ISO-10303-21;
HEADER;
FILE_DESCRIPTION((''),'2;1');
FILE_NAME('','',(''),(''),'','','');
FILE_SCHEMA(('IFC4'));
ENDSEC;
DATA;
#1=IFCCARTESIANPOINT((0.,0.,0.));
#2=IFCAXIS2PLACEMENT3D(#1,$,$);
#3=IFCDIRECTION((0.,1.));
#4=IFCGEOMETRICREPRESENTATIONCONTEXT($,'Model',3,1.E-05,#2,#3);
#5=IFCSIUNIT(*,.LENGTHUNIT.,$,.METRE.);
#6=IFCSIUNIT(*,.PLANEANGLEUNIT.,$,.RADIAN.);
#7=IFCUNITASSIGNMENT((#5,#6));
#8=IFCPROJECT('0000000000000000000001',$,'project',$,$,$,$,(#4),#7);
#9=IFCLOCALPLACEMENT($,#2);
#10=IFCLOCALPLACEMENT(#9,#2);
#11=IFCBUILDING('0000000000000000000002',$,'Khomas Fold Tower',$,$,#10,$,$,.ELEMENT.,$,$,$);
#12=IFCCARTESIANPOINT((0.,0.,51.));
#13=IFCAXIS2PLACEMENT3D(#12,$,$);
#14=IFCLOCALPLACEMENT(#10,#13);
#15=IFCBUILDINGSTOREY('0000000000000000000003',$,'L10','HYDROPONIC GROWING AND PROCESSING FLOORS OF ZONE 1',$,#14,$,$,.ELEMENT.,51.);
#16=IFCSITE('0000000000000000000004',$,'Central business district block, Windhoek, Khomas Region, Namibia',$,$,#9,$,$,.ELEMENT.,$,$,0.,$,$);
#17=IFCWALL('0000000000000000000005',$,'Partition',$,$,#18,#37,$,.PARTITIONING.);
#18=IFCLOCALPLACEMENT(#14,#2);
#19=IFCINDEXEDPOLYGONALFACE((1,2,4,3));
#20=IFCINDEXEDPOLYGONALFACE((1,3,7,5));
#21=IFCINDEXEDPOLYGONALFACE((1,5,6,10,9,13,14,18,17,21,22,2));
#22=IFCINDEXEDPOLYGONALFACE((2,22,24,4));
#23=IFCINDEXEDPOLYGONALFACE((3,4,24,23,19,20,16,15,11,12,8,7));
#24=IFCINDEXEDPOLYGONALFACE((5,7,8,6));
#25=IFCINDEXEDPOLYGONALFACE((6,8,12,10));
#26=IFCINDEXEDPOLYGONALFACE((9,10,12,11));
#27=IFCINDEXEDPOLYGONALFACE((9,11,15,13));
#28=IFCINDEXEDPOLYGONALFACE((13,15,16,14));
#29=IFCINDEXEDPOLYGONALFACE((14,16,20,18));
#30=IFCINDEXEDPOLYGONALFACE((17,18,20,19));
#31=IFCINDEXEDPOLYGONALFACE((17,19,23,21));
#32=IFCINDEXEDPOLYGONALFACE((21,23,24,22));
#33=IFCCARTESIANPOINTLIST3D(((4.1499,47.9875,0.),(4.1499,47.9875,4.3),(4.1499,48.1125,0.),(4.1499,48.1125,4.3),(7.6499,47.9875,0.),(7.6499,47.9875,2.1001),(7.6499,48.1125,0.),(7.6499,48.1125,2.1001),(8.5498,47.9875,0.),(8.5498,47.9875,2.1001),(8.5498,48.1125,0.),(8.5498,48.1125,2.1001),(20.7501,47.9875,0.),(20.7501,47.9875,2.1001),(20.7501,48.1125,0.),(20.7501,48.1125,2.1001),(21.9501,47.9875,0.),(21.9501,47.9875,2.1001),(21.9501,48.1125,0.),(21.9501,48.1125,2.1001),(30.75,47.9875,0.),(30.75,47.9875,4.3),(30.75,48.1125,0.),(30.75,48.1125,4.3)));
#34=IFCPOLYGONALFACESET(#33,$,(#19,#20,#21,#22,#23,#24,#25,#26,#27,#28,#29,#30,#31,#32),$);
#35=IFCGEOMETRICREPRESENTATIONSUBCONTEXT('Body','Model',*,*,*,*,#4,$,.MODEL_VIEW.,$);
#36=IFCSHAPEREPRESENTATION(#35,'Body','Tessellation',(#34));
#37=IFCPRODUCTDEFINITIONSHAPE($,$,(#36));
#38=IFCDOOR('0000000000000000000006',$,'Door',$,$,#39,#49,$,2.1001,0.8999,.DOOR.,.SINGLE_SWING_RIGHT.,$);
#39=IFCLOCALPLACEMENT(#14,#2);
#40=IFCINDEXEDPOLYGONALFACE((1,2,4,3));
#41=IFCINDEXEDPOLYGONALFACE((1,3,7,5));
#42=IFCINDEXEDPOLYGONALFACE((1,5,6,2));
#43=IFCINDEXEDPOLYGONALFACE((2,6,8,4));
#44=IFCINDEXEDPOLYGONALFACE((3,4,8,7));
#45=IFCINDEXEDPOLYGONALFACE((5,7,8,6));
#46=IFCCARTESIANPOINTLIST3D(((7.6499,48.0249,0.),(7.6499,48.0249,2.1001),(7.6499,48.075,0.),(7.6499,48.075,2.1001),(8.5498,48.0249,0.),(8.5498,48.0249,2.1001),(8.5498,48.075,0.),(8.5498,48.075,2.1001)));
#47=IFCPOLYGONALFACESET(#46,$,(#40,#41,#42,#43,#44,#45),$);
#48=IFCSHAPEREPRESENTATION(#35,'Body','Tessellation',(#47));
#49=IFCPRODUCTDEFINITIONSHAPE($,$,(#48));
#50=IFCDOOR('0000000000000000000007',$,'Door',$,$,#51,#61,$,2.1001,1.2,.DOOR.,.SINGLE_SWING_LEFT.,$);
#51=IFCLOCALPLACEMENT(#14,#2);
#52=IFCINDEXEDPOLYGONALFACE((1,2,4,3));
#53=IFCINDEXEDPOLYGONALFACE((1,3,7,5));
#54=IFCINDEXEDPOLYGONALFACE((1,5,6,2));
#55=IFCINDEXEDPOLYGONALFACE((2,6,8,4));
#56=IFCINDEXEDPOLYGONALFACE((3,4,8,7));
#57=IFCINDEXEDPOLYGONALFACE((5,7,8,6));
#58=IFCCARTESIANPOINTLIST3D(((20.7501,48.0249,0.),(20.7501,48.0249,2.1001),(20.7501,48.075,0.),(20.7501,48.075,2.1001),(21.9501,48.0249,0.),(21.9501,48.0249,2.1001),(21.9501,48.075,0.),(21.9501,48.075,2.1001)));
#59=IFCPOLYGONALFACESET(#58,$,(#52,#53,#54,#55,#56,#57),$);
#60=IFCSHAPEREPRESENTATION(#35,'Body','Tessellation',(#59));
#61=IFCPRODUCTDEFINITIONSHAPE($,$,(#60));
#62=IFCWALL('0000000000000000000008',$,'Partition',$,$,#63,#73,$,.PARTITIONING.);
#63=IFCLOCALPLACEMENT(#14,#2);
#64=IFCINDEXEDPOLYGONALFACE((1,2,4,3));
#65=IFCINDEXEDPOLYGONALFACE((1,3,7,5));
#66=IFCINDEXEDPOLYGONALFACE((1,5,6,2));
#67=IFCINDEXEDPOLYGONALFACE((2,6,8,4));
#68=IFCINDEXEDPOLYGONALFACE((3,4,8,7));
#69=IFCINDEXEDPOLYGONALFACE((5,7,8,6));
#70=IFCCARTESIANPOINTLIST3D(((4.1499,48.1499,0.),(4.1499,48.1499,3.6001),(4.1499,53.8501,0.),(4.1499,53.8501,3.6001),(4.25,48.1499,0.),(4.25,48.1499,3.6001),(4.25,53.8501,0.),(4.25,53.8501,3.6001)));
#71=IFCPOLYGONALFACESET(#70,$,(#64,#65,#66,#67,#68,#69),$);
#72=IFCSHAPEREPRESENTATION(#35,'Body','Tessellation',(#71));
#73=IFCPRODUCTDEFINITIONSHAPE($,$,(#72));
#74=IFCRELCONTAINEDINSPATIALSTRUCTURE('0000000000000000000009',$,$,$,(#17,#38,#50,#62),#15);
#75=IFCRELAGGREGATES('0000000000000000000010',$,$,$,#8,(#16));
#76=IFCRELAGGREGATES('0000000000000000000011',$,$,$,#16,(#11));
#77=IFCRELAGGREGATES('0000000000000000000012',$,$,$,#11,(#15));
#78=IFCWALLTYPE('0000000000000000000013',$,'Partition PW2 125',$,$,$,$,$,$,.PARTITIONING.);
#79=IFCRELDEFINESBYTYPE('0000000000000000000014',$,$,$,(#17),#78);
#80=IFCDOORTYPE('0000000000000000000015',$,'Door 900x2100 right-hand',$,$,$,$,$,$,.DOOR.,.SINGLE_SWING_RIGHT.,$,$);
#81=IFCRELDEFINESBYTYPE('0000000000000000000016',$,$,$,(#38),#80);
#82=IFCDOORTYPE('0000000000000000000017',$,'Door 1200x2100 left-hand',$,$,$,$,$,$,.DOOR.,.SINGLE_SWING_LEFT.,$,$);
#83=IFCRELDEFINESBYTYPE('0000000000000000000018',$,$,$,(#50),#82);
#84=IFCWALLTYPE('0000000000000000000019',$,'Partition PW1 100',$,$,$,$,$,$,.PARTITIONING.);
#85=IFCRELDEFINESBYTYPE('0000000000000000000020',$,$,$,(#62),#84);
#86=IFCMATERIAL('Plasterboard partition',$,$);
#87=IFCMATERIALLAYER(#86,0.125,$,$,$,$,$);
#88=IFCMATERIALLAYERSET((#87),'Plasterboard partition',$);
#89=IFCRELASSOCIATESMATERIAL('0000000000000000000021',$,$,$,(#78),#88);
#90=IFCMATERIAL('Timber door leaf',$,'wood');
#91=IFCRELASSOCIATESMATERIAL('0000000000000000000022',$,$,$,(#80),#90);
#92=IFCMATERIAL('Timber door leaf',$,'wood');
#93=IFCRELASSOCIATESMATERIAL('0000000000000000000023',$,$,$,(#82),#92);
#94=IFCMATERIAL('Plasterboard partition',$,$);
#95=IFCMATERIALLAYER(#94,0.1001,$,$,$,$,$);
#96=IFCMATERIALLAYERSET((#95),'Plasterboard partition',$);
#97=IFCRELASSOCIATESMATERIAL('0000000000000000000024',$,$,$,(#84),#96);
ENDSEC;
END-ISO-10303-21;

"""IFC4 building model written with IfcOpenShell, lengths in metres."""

from ifc_helpers import new_model, si_unit, direction, frame, frame_2d, origin, place, context, subcontext, project, spatial, rectangle, extrude, source, transform, mapped, material, layer, layer_set, type_object, element, fill, save


model = new_model("IFC4")

# Units and contexts
model_context = context("Model", 3, precision=1e-05, world=origin(), true_north=direction((0.0, 1.0)))
body_context = subcontext(model_context, "Body", "Model", "MODEL_VIEW")
ifc_project = project(units=[si_unit("LENGTHUNIT", "METRE"), si_unit("PLANEANGLEUNIT", "RADIAN")], contexts=[model_context])

# Site, building, storey
site_placement = place(None, origin())
site = spatial("IfcSite", under=ifc_project, at=site_placement, Name="Central business district block, Windhoek, Khomas Region, Namibia", CompositionType="ELEMENT", RefElevation=0.0)
building_placement = place(site_placement, origin())
building = spatial("IfcBuilding", under=site, at=building_placement, Name="Khomas Fold Tower", CompositionType="ELEMENT")
storey_placement = place(building_placement, frame((0.0, 0.0, 51.0)))
storey = spatial("IfcBuildingStorey", under=building, at=storey_placement, Name="L10", Description="HYDROPONIC GROWING AND PROCESSING FLOORS OF ZONE 1", CompositionType="ELEMENT", Elevation=51.0)

# Wall, openings, doors
ifc_material_1 = material(Name="Plasterboard partition")
ifc_layer_1 = layer(ifc_material_1, 0.125)
ifc_layer_set_1 = layer_set([ifc_layer_1], Name="Plasterboard partition")
wall_type_1 = type_object("IfcWallType", Name="Partition PW2 125", PredefinedType="PARTITIONING", material=ifc_layer_set_1)
shared_shape_1 = source(origin(), body_context, "Body", "SweptSolid", [
    extrude(rectangle(XDim=26.6001, YDim=0.125, at=frame_2d((13.3, 0.0))), origin(), (0.0, 0.0, 1.0), 4.3),
])
wall_1_placement = place(storey_placement, frame((4.1499, 48.05, 0.0), z_axis=(0.0, 0.0, 1.0), x_axis=(1.0, 0.0, 0.0)))
wall_1 = element("IfcWall", 1, at=wall_1_placement, inside=storey, type_object=wall_type_1, Name="Partition", PredefinedType="PARTITIONING", context=body_context, shape_type="MappedRepresentation", body=[
    mapped(shared_shape_1, transform((0.0, 0.0, 0.0))),
])
shared_shape_2 = source(origin(), body_context, "Body", "SweptSolid", [
    extrude(rectangle(XDim=0.8999, YDim=2.1001, at=frame_2d((0.45, 1.05))), frame((0.0, 0.0725, 0.0), z_axis=(0.0, -1.0, 0.0), x_axis=(1.0, 0.0, 0.0)), (0.0, 0.0, 1.0), 0.145),
])
opening_1_placement = place(wall_1_placement, frame((3.5, 0.0, 0.0)))
opening_1 = element("IfcOpeningElement", 2, at=opening_1_placement, cuts=wall_1, PredefinedType="OPENING", context=body_context, shape_type="MappedRepresentation", body=[
    mapped(shared_shape_2, transform((0.0, 0.0, 0.0))),
])
shared_shape_3 = source(origin(), body_context, "Body", "SweptSolid", [
    extrude(rectangle(XDim=1.2, YDim=2.1001, at=frame_2d((0.6001, 1.05))), frame((0.0, 0.0725, 0.0), z_axis=(0.0, -1.0, 0.0), x_axis=(1.0, 0.0, 0.0)), (0.0, 0.0, 1.0), 0.145),
])
opening_2_placement = place(wall_1_placement, frame((16.6001, 0.0, 0.0)))
opening_2 = element("IfcOpeningElement", 3, at=opening_2_placement, cuts=wall_1, PredefinedType="OPENING", context=body_context, shape_type="MappedRepresentation", body=[
    mapped(shared_shape_3, transform((0.0, 0.0, 0.0))),
])
ifc_material_2 = material(Name="Timber door leaf", Category="wood")
door_type_1 = type_object("IfcDoorType", Name="Door 900x2100 right-hand", OperationType="SINGLE_SWING_RIGHT", PredefinedType="DOOR", material=ifc_material_2)
shared_shape_4 = source(origin(), body_context, "Body", "SweptSolid", [
    extrude(rectangle(XDim=0.8999, YDim=2.1001, at=frame_2d((0.45, 1.05))), frame((0.0, 0.0249, 0.0), z_axis=(0.0, -1.0, 0.0), x_axis=(1.0, 0.0, 0.0)), (0.0, 0.0, 1.0), 0.05),
])
door_1_placement = place(opening_1_placement, origin())
door_1 = element("IfcDoor", 4, at=door_1_placement, inside=storey, type_object=door_type_1, Name="Door", OperationType="SINGLE_SWING_RIGHT", OverallHeight=2.1001, OverallWidth=0.8999, PredefinedType="DOOR", context=body_context, shape_type="MappedRepresentation", body=[
    mapped(shared_shape_4, transform((0.0, 0.0, 0.0))),
])
fill(opening_1, door_1)
ifc_material_3 = material(Name="Timber door leaf", Category="wood")
door_type_2 = type_object("IfcDoorType", Name="Door 1200x2100 left-hand", OperationType="SINGLE_SWING_LEFT", PredefinedType="DOOR", material=ifc_material_3)
shared_shape_5 = source(origin(), body_context, "Body", "SweptSolid", [
    extrude(rectangle(XDim=1.2, YDim=2.1001, at=frame_2d((0.6001, 1.05))), frame((0.0, 0.0249, 0.0), z_axis=(0.0, -1.0, 0.0), x_axis=(1.0, 0.0, 0.0)), (0.0, 0.0, 1.0), 0.05),
])
door_2_placement = place(opening_2_placement, origin())
door_2 = element("IfcDoor", 5, at=door_2_placement, inside=storey, type_object=door_type_2, Name="Door", OperationType="SINGLE_SWING_LEFT", OverallHeight=2.1001, OverallWidth=1.2, PredefinedType="DOOR", context=body_context, shape_type="MappedRepresentation", body=[
    mapped(shared_shape_5, transform((0.0, 0.0, 0.0))),
])
fill(opening_2, door_2)

# Wall
ifc_material_4 = material(Name="Plasterboard partition")
ifc_layer_2 = layer(ifc_material_4, 0.1001)
ifc_layer_set_2 = layer_set([ifc_layer_2], Name="Plasterboard partition")
wall_type_2 = type_object("IfcWallType", Name="Partition PW1 100", PredefinedType="PARTITIONING", material=ifc_layer_set_2)
shared_shape_6 = source(origin(), body_context, "Body", "SweptSolid", [
    extrude(rectangle(XDim=5.7002, YDim=0.1001, at=frame_2d((2.8501, 0.0))), origin(), (0.0, 0.0, 1.0), 3.6001),
])
wall_2_placement = place(storey_placement, frame((4.2, 48.1499, 0.0), z_axis=(0.0, 0.0, 1.0), x_axis=(0.0, 1.0, 0.0)))
element("IfcWall", 6, at=wall_2_placement, inside=storey, type_object=wall_type_2, Name="Partition", PredefinedType="PARTITIONING", context=body_context, shape_type="MappedRepresentation", body=[
    mapped(shared_shape_6, transform((0.0, 0.0, 0.0))),
])

save(model, "model.ifc")
